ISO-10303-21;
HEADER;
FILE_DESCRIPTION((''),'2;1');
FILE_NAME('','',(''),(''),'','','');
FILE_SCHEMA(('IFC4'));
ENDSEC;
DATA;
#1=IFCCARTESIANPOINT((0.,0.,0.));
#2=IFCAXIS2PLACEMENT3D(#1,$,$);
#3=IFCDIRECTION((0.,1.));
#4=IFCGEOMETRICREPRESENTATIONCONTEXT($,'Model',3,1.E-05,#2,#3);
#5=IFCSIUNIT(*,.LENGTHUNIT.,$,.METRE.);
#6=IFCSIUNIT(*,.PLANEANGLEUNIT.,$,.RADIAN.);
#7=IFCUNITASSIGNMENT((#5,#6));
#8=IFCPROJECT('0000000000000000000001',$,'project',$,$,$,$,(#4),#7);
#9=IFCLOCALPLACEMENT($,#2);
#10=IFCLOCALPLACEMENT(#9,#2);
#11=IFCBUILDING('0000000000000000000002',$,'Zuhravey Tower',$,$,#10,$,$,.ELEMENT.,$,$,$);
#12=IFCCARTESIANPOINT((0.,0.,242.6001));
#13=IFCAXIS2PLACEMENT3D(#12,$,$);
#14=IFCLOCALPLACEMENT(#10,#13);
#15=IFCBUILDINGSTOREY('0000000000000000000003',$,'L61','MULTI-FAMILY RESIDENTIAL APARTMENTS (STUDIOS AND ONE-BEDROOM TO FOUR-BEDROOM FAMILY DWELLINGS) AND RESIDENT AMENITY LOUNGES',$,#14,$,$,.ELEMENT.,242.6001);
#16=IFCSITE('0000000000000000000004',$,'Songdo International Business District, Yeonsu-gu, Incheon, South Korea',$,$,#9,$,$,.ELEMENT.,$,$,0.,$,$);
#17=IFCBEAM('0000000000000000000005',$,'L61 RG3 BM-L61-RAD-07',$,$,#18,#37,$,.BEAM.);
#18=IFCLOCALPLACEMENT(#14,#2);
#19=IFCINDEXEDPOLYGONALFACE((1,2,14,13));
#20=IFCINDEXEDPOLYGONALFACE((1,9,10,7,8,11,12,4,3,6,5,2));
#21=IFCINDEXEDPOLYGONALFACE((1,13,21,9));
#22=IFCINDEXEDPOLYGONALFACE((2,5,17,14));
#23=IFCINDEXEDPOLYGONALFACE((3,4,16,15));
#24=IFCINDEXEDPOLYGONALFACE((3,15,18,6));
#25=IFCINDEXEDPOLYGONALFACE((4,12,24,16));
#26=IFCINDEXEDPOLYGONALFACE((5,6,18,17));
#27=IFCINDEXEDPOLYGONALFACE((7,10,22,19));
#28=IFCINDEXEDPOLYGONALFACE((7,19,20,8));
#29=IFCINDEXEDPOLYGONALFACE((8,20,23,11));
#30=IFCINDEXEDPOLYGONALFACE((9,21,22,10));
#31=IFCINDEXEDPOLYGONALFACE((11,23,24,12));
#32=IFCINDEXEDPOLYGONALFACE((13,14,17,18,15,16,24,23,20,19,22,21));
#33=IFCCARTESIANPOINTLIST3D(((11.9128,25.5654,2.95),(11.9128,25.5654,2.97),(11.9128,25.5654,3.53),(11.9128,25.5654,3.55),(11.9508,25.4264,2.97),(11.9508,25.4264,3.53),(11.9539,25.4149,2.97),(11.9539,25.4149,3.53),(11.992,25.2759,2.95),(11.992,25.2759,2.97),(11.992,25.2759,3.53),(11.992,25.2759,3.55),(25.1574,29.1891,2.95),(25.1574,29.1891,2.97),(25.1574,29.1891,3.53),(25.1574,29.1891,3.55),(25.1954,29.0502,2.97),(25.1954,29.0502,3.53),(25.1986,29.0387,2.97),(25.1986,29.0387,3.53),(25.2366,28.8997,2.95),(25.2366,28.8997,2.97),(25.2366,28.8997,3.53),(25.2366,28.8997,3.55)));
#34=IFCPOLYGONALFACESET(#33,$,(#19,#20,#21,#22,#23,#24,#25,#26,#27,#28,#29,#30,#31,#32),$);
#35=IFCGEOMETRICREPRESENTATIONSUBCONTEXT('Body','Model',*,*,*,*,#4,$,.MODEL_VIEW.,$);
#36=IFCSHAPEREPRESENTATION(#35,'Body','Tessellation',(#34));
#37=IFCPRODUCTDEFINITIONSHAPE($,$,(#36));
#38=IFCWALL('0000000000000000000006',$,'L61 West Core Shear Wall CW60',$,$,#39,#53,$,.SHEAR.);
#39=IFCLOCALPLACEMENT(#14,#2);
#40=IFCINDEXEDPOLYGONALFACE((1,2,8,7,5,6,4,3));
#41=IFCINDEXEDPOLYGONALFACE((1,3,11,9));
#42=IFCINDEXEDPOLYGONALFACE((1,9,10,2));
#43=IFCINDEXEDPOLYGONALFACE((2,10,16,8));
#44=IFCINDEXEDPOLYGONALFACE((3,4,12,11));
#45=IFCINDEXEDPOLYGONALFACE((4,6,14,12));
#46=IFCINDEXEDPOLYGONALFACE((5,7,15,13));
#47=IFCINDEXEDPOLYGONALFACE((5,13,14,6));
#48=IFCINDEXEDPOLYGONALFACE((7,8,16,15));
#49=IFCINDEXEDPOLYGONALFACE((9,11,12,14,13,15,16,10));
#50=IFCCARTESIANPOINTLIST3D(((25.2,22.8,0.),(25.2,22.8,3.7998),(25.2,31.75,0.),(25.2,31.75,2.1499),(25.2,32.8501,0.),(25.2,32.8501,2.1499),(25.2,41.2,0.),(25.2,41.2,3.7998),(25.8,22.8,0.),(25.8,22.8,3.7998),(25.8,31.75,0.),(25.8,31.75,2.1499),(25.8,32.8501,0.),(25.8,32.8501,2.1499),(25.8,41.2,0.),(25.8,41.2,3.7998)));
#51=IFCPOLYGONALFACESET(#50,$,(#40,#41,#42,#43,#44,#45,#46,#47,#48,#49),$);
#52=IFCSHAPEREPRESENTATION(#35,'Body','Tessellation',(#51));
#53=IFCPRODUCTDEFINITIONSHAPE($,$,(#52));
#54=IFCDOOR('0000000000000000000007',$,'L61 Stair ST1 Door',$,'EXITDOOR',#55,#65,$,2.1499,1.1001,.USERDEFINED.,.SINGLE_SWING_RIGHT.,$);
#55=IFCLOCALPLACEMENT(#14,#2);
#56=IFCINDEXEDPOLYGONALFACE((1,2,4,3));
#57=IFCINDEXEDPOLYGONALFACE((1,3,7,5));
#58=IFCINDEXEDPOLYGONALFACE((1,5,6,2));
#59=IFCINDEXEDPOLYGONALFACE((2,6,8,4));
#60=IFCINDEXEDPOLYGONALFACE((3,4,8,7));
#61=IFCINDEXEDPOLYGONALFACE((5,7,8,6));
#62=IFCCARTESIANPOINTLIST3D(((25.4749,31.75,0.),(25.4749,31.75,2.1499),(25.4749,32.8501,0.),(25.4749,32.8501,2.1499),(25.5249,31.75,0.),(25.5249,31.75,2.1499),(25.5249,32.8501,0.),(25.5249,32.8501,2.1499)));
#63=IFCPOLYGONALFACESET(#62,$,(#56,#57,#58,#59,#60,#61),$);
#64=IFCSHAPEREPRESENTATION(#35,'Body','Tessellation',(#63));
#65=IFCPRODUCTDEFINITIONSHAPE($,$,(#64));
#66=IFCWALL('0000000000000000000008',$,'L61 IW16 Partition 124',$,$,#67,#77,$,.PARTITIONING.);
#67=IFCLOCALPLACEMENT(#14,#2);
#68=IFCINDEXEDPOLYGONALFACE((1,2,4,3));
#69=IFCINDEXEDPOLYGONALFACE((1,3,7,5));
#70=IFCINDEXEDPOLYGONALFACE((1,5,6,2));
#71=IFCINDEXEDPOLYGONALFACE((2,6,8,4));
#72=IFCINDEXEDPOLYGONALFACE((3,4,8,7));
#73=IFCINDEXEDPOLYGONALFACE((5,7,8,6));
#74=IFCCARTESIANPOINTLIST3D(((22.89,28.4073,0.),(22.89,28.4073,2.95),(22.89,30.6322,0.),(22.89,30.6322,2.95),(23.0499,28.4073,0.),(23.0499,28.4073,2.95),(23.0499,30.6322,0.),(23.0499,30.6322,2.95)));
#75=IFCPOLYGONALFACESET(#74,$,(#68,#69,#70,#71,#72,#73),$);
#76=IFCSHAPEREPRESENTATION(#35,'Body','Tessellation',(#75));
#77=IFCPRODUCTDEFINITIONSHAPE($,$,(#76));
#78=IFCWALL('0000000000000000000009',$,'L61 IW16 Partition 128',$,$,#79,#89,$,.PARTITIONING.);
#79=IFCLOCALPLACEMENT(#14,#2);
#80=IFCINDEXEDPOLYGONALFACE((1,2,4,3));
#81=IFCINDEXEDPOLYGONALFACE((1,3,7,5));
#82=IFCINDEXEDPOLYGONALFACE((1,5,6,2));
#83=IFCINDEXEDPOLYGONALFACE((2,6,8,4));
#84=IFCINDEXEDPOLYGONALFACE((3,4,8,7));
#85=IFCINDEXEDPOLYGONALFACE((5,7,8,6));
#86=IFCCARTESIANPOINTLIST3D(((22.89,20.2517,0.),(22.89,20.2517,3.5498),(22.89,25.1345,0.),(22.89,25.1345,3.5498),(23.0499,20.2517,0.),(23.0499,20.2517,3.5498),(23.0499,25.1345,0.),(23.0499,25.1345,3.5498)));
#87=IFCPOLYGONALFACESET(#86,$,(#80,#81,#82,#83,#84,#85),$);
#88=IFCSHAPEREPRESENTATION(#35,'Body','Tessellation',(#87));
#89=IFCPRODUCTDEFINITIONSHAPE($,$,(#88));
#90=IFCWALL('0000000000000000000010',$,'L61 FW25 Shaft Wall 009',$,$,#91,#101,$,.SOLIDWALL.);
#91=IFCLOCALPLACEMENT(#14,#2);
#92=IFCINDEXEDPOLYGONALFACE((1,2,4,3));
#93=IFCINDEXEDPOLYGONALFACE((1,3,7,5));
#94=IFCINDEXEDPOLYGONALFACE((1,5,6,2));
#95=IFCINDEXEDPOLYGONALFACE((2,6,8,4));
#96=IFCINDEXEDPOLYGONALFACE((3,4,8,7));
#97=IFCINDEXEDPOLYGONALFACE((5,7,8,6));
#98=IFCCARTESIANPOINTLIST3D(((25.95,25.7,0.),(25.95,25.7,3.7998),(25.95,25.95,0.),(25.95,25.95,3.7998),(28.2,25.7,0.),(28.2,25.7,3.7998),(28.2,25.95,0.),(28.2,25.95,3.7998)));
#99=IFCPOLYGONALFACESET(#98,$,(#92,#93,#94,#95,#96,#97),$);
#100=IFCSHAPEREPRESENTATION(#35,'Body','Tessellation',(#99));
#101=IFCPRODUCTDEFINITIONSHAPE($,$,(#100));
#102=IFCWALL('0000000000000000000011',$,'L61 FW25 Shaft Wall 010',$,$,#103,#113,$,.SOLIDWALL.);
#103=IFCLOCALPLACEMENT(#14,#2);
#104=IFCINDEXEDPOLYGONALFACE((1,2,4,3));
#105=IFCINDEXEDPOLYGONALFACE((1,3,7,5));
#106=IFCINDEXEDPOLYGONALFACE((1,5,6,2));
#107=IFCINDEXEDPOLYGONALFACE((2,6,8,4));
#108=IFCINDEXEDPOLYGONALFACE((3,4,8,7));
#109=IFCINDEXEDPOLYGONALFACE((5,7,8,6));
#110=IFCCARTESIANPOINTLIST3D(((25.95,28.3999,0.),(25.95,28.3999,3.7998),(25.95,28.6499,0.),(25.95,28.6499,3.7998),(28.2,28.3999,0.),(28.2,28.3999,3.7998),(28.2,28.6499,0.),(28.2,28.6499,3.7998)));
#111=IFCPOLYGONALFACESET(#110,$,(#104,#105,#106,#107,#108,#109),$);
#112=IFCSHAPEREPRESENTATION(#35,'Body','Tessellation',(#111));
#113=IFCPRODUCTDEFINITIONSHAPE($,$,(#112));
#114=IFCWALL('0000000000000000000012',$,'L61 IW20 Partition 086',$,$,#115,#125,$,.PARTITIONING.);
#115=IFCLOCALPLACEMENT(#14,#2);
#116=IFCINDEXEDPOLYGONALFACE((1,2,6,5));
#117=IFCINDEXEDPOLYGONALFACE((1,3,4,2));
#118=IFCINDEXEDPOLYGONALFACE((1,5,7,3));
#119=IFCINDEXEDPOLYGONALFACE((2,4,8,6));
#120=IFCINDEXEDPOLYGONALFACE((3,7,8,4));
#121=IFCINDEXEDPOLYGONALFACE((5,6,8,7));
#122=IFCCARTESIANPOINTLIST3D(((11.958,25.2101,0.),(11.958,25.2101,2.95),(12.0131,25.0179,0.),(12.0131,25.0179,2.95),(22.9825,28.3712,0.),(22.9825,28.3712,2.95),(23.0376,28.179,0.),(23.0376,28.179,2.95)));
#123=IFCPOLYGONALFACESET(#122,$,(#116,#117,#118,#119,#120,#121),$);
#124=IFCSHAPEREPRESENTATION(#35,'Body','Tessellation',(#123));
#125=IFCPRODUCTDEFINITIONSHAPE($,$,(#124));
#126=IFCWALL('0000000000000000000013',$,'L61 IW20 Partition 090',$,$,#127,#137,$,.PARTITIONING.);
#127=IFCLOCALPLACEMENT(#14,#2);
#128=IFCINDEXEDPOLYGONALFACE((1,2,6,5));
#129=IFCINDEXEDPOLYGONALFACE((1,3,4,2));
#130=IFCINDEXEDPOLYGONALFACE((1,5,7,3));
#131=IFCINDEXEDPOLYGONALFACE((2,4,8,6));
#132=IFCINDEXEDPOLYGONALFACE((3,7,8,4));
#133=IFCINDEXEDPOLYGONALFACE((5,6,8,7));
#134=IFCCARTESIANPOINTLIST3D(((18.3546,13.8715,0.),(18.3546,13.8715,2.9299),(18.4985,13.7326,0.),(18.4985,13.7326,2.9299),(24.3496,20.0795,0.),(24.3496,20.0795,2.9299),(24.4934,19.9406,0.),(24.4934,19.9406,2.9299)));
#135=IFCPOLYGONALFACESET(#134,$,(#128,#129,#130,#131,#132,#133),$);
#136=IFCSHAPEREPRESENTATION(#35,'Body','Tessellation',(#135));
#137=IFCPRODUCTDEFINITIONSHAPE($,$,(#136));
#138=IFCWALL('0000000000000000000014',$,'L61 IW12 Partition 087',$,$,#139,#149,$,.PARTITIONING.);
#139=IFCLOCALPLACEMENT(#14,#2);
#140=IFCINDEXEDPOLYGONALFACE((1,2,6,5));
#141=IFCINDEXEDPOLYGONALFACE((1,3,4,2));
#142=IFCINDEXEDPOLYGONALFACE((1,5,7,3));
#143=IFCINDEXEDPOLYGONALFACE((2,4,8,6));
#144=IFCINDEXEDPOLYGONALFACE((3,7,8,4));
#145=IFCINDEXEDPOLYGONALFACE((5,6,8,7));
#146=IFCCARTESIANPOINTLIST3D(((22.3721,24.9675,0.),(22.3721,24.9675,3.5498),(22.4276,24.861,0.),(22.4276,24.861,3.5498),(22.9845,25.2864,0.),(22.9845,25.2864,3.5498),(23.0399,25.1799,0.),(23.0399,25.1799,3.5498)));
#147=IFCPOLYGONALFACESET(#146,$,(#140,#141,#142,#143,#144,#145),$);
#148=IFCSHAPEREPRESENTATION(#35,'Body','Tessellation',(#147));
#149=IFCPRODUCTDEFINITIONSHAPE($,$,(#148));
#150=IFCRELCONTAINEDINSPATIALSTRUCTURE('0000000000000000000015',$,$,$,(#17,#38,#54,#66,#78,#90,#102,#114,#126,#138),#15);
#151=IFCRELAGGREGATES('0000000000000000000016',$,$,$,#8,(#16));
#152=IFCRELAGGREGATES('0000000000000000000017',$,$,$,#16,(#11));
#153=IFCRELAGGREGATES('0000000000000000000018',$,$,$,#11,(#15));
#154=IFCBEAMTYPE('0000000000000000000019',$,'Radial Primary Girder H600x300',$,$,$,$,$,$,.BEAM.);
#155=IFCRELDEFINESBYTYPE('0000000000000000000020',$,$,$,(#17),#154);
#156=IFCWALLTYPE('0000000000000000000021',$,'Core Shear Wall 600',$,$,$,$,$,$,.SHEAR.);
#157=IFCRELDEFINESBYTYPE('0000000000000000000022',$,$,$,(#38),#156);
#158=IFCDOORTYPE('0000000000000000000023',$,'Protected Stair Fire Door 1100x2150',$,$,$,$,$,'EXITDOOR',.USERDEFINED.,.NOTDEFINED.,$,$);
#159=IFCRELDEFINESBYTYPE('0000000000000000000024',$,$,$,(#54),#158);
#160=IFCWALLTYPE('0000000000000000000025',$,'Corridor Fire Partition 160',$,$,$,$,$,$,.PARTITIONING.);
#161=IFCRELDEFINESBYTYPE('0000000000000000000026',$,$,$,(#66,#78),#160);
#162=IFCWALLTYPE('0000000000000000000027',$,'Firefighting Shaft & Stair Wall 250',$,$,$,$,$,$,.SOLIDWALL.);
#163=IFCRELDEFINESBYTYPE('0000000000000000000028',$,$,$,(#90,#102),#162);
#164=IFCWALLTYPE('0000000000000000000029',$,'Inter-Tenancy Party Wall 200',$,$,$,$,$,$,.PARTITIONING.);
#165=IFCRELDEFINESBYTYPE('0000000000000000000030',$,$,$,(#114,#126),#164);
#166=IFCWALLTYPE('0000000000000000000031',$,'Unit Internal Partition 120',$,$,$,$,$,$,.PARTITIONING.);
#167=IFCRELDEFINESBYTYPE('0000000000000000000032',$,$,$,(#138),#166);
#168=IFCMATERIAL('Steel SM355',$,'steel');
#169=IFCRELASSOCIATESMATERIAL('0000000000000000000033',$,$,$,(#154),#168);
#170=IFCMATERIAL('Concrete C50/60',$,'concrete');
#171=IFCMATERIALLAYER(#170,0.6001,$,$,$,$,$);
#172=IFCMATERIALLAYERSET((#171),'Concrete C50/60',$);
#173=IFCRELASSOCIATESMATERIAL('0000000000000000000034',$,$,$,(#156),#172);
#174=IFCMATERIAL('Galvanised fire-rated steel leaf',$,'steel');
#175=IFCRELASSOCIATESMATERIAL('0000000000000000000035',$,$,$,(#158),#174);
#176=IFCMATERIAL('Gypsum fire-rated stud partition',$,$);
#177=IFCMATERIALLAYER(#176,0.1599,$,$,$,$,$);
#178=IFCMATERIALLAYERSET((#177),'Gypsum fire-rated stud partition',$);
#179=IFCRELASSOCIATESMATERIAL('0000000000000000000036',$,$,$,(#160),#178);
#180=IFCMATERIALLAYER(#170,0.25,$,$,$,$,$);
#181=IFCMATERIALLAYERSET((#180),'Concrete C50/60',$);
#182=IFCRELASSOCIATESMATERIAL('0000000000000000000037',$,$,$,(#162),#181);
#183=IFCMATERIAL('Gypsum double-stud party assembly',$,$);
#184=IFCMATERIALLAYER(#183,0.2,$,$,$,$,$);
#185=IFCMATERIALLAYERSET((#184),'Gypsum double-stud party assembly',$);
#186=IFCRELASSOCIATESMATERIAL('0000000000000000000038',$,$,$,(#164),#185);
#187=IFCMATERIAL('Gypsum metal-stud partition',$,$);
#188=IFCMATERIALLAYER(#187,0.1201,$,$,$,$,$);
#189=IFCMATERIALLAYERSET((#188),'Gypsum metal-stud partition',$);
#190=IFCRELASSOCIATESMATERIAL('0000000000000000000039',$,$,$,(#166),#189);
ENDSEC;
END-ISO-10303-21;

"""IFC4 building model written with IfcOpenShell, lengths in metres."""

from ifc_helpers import new_model, si_unit, direction, frame, frame_2d, origin, origin_2d, place, context, subcontext, project, spatial, rectangle, i_section, extrude, material, layer, layer_set, material_profile, profile_set, type_object, element, fill, save


model = new_model("IFC4")

# Units and contexts
model_context = context("Model", 3, precision=1e-05, world=origin(), true_north=direction((0.0, 1.0)))
body_context = subcontext(model_context, "Body", "Model", "MODEL_VIEW")
ifc_project = project(units=[si_unit("LENGTHUNIT", "METRE"), si_unit("PLANEANGLEUNIT", "RADIAN")], contexts=[model_context])

# Site, building, storey
site_placement = place(None, origin())
site = spatial("IfcSite", under=ifc_project, at=site_placement, Name="Songdo International Business District, Yeonsu-gu, Incheon, South Korea", CompositionType="ELEMENT", RefElevation=0.0)
building_placement = place(site_placement, origin())
building = spatial("IfcBuilding", under=site, at=building_placement, Name="Zuhravey Tower", CompositionType="ELEMENT")
storey_placement = place(building_placement, frame((0.0, 0.0, 242.6001)))
storey = spatial("IfcBuildingStorey", under=building, at=storey_placement, Name="L61", Description="MULTI-FAMILY RESIDENTIAL APARTMENTS (STUDIOS AND ONE-BEDROOM TO FOUR-BEDROOM FAMILY DWELLINGS) AND RESIDENT AMENITY LOUNGES", CompositionType="ELEMENT", Elevation=242.6001)

# Beam
ifc_material_1 = material(Name="Steel SM355", Category="steel")
ifc_material_profile = material_profile(ifc_material_1, i_section(OverallWidth=0.3, OverallDepth=0.6001, WebThickness=0.012, FlangeThickness=0.02, at=origin_2d()), Name="H-600x300x12x20")
ifc_profile_set = profile_set([ifc_material_profile], Name="Steel SM355")
beam_type = type_object("IfcBeamType", Name="Radial Primary Girder H600x300", PredefinedType="BEAM", material=ifc_profile_set)
beam_placement = place(storey_placement, frame((25.197, 29.0444, 3.25), z_axis=(-0.964549, -0.263904, 0.0), x_axis=(0.263904, -0.964549, 0.0)))
element("IfcBeam", 1, at=beam_placement, inside=storey, type_object=beam_type, Name="L61 RG3 BM-L61-RAD-07", PredefinedType="BEAM", context=body_context, shape_type="SweptSolid", body=[
    extrude(i_section(OverallWidth=0.3, OverallDepth=0.6001, WebThickness=0.012, FlangeThickness=0.02, at=origin_2d()), origin(), (0.0, 0.0, 1.0), 13.7314),
])

# Wall, opening, door
ifc_material_2 = material(Name="Concrete C50/60", Category="concrete")
ifc_layer_1 = layer(ifc_material_2, 0.6001)
ifc_layer_set_1 = layer_set([ifc_layer_1], Name="Concrete C50/60")
wall_type_1 = type_object("IfcWallType", Name="Core Shear Wall 600", PredefinedType="SHEAR", material=ifc_layer_set_1)
ifc_material_3 = material(Name="Galvanised fire-rated steel leaf", Category="steel")
wall_1_placement = place(storey_placement, frame((25.5, 22.8, 0.0), z_axis=(0.0, 0.0, 1.0), x_axis=(0.0, 1.0, 0.0)))
wall_1 = element("IfcWall", 2, at=wall_1_placement, inside=storey, type_object=wall_type_1, Name="L61 West Core Shear Wall CW60", PredefinedType="SHEAR", context=body_context, shape_type="SweptSolid", body=[
    extrude(rectangle(XDim=18.3999, YDim=0.6001, at=frame_2d((9.2, 0.0))), origin(), (0.0, 0.0, 1.0), 3.7998),
])
opening_1_placement = place(wall_1_placement, frame((8.95, 0.0, 0.0)))
opening_1 = element("IfcOpeningElement", 3, at=opening_1_placement, cuts=wall_1, PredefinedType="OPENING", context=body_context, shape_type="SweptSolid", body=[
    extrude(rectangle(XDim=1.1001, YDim=2.1499, at=frame_2d((0.55, 1.075))), frame((0.0, 0.312, 0.0), z_axis=(0.0, -1.0, 0.0), x_axis=(1.0, 0.0, 0.0)), (0.0, 0.0, 1.0), 0.624),
])
door_type_1 = type_object("IfcDoorType", Name="Protected Stair Fire Door 1100x2150", ElementType="EXITDOOR", OperationType="NOTDEFINED", PredefinedType="USERDEFINED", material=ifc_material_3)
door_1_placement = place(opening_1_placement, frame((1.1001, 0.0, 0.0), z_axis=(0.0, 0.0, 1.0), x_axis=(-1.0, 0.0, 0.0)))
door_1 = element("IfcDoor", 4, at=door_1_placement, inside=storey, type_object=door_type_1, Name="L61 Stair ST1 Door", ObjectType="EXITDOOR", OperationType="SINGLE_SWING_RIGHT", OverallHeight=2.1499, OverallWidth=1.1001, PredefinedType="USERDEFINED", context=body_context, shape_type="SweptSolid", body=[
    extrude(rectangle(XDim=1.1001, YDim=2.1499, at=frame_2d((0.55, 1.075))), frame((0.0, 0.0249, 0.0), z_axis=(0.0, -1.0, 0.0), x_axis=(1.0, 0.0, 0.0)), (0.0, 0.0, 1.0), 0.05),
])
fill(opening_1, door_1)
ifc_material_4 = material(Name="Gypsum fire-rated stud partition")
ifc_layer_2 = layer(ifc_material_4, 0.1599)
ifc_layer_set_2 = layer_set([ifc_layer_2], Name="Gypsum fire-rated stud partition")
wall_type_2 = type_object("IfcWallType", Name="Corridor Fire Partition 160", PredefinedType="PARTITIONING", material=ifc_layer_set_2)

# Walls
wall_2_placement = place(storey_placement, frame((22.97, 30.6321, 0.0), z_axis=(0.0, 0.0, 1.0), x_axis=(0.0, -1.0, 0.0)))
element("IfcWall", 5, at=wall_2_placement, inside=storey, type_object=wall_type_2, Name="L61 IW16 Partition 124", PredefinedType="PARTITIONING", context=body_context, shape_type="SweptSolid", body=[
    extrude(rectangle(XDim=2.2249, YDim=0.1599, at=frame_2d((1.1123, 0.0))), origin(), (0.0, 0.0, 1.0), 2.95),
])
wall_3_placement = place(storey_placement, frame((22.97, 25.1345, 0.0), z_axis=(0.0, 0.0, 1.0), x_axis=(0.0, -1.0, 0.0)))
element("IfcWall", 6, at=wall_3_placement, inside=storey, type_object=wall_type_2, Name="L61 IW16 Partition 128", PredefinedType="PARTITIONING", context=body_context, shape_type="SweptSolid", body=[
    extrude(rectangle(XDim=4.8828, YDim=0.1599, at=frame_2d((2.4414, 0.0))), origin(), (0.0, 0.0, 1.0), 3.5498),
])
ifc_layer_3 = layer(ifc_material_2, 0.25)
ifc_layer_set_3 = layer_set([ifc_layer_3], Name="Concrete C50/60")
wall_type_3 = type_object("IfcWallType", Name="Firefighting Shaft & Stair Wall 250", PredefinedType="SOLIDWALL", material=ifc_layer_set_3)
for number, where, z_axis, x_axis, name in (
    (7, (25.95, 25.825, 0.0), (0.0, 0.0, 1.0), (1.0, 0.0, 0.0), "L61 FW25 Shaft Wall 009"),
    (8, (25.95, 28.5249, 0.0), (0.0, 0.0, 1.0), (1.0, 0.0, 0.0), "L61 FW25 Shaft Wall 010"),
):
    element("IfcWall", number, at=place(storey_placement, frame(where, z_axis=z_axis, x_axis=x_axis)), inside=storey, type_object=wall_type_3, Name=name, PredefinedType="SOLIDWALL", context=body_context, shape_type="SweptSolid", body=[
        extrude(rectangle(XDim=2.25, YDim=0.25, at=frame_2d((1.125, 0.0))), origin(), (0.0, 0.0, 1.0), 3.7998),
    ])
ifc_material_5 = material(Name="Gypsum double-stud party assembly")
ifc_layer_4 = layer(ifc_material_5, 0.2)
ifc_layer_set_4 = layer_set([ifc_layer_4], Name="Gypsum double-stud party assembly")
wall_type_4 = type_object("IfcWallType", Name="Inter-Tenancy Party Wall 200", PredefinedType="PARTITIONING", material=ifc_layer_set_4)
wall_4_placement = place(storey_placement, frame((23.01, 28.2751, 0.0), z_axis=(0.0, 0.0, 1.0), x_axis=(-0.961263, -0.275632, 0.0)))
element("IfcWall", 9, at=wall_4_placement, inside=storey, type_object=wall_type_4, Name="L61 IW20 Partition 086", PredefinedType="PARTITIONING", context=body_context, shape_type="SweptSolid", body=[
    extrude(rectangle(XDim=11.4688, YDim=0.2, at=frame_2d((5.7344, 0.0))), origin(), (0.0, 0.0, 1.0), 2.95),
])
wall_5_placement = place(storey_placement, frame((24.4214, 20.01, 0.0), z_axis=(0.0, 0.0, 1.0), x_axis=(-0.694651, -0.719347, 0.0)))
element("IfcWall", 10, at=wall_5_placement, inside=storey, type_object=wall_type_4, Name="L61 IW20 Partition 090", PredefinedType="PARTITIONING", context=body_context, shape_type="SweptSolid", body=[
    extrude(rectangle(XDim=8.6301, YDim=0.2, at=frame_2d((4.3149, 0.0))), origin(), (0.0, 0.0, 1.0), 2.9299),
])
ifc_material_6 = material(Name="Gypsum metal-stud partition")
ifc_layer_5 = layer(ifc_material_6, 0.1201)
ifc_layer_set_5 = layer_set([ifc_layer_5], Name="Gypsum metal-stud partition")
wall_type_5 = type_object("IfcWallType", Name="Unit Internal Partition 120", PredefinedType="PARTITIONING", material=ifc_layer_set_5)
wall_6_placement = place(storey_placement, frame((23.0122, 25.2332, 0.0), z_axis=(0.0, 0.0, 1.0), x_axis=(-0.88695, -0.461865, 0.0)))
element("IfcWall", 11, at=wall_6_placement, inside=storey, type_object=wall_type_5, Name="L61 IW12 Partition 087", PredefinedType="PARTITIONING", context=body_context, shape_type="SweptSolid", body=[
    extrude(rectangle(XDim=0.6904, YDim=0.1201, at=frame_2d((0.3452, 0.0))), origin(), (0.0, 0.0, 1.0), 3.5498),
])

save(model, "model.ifc")
